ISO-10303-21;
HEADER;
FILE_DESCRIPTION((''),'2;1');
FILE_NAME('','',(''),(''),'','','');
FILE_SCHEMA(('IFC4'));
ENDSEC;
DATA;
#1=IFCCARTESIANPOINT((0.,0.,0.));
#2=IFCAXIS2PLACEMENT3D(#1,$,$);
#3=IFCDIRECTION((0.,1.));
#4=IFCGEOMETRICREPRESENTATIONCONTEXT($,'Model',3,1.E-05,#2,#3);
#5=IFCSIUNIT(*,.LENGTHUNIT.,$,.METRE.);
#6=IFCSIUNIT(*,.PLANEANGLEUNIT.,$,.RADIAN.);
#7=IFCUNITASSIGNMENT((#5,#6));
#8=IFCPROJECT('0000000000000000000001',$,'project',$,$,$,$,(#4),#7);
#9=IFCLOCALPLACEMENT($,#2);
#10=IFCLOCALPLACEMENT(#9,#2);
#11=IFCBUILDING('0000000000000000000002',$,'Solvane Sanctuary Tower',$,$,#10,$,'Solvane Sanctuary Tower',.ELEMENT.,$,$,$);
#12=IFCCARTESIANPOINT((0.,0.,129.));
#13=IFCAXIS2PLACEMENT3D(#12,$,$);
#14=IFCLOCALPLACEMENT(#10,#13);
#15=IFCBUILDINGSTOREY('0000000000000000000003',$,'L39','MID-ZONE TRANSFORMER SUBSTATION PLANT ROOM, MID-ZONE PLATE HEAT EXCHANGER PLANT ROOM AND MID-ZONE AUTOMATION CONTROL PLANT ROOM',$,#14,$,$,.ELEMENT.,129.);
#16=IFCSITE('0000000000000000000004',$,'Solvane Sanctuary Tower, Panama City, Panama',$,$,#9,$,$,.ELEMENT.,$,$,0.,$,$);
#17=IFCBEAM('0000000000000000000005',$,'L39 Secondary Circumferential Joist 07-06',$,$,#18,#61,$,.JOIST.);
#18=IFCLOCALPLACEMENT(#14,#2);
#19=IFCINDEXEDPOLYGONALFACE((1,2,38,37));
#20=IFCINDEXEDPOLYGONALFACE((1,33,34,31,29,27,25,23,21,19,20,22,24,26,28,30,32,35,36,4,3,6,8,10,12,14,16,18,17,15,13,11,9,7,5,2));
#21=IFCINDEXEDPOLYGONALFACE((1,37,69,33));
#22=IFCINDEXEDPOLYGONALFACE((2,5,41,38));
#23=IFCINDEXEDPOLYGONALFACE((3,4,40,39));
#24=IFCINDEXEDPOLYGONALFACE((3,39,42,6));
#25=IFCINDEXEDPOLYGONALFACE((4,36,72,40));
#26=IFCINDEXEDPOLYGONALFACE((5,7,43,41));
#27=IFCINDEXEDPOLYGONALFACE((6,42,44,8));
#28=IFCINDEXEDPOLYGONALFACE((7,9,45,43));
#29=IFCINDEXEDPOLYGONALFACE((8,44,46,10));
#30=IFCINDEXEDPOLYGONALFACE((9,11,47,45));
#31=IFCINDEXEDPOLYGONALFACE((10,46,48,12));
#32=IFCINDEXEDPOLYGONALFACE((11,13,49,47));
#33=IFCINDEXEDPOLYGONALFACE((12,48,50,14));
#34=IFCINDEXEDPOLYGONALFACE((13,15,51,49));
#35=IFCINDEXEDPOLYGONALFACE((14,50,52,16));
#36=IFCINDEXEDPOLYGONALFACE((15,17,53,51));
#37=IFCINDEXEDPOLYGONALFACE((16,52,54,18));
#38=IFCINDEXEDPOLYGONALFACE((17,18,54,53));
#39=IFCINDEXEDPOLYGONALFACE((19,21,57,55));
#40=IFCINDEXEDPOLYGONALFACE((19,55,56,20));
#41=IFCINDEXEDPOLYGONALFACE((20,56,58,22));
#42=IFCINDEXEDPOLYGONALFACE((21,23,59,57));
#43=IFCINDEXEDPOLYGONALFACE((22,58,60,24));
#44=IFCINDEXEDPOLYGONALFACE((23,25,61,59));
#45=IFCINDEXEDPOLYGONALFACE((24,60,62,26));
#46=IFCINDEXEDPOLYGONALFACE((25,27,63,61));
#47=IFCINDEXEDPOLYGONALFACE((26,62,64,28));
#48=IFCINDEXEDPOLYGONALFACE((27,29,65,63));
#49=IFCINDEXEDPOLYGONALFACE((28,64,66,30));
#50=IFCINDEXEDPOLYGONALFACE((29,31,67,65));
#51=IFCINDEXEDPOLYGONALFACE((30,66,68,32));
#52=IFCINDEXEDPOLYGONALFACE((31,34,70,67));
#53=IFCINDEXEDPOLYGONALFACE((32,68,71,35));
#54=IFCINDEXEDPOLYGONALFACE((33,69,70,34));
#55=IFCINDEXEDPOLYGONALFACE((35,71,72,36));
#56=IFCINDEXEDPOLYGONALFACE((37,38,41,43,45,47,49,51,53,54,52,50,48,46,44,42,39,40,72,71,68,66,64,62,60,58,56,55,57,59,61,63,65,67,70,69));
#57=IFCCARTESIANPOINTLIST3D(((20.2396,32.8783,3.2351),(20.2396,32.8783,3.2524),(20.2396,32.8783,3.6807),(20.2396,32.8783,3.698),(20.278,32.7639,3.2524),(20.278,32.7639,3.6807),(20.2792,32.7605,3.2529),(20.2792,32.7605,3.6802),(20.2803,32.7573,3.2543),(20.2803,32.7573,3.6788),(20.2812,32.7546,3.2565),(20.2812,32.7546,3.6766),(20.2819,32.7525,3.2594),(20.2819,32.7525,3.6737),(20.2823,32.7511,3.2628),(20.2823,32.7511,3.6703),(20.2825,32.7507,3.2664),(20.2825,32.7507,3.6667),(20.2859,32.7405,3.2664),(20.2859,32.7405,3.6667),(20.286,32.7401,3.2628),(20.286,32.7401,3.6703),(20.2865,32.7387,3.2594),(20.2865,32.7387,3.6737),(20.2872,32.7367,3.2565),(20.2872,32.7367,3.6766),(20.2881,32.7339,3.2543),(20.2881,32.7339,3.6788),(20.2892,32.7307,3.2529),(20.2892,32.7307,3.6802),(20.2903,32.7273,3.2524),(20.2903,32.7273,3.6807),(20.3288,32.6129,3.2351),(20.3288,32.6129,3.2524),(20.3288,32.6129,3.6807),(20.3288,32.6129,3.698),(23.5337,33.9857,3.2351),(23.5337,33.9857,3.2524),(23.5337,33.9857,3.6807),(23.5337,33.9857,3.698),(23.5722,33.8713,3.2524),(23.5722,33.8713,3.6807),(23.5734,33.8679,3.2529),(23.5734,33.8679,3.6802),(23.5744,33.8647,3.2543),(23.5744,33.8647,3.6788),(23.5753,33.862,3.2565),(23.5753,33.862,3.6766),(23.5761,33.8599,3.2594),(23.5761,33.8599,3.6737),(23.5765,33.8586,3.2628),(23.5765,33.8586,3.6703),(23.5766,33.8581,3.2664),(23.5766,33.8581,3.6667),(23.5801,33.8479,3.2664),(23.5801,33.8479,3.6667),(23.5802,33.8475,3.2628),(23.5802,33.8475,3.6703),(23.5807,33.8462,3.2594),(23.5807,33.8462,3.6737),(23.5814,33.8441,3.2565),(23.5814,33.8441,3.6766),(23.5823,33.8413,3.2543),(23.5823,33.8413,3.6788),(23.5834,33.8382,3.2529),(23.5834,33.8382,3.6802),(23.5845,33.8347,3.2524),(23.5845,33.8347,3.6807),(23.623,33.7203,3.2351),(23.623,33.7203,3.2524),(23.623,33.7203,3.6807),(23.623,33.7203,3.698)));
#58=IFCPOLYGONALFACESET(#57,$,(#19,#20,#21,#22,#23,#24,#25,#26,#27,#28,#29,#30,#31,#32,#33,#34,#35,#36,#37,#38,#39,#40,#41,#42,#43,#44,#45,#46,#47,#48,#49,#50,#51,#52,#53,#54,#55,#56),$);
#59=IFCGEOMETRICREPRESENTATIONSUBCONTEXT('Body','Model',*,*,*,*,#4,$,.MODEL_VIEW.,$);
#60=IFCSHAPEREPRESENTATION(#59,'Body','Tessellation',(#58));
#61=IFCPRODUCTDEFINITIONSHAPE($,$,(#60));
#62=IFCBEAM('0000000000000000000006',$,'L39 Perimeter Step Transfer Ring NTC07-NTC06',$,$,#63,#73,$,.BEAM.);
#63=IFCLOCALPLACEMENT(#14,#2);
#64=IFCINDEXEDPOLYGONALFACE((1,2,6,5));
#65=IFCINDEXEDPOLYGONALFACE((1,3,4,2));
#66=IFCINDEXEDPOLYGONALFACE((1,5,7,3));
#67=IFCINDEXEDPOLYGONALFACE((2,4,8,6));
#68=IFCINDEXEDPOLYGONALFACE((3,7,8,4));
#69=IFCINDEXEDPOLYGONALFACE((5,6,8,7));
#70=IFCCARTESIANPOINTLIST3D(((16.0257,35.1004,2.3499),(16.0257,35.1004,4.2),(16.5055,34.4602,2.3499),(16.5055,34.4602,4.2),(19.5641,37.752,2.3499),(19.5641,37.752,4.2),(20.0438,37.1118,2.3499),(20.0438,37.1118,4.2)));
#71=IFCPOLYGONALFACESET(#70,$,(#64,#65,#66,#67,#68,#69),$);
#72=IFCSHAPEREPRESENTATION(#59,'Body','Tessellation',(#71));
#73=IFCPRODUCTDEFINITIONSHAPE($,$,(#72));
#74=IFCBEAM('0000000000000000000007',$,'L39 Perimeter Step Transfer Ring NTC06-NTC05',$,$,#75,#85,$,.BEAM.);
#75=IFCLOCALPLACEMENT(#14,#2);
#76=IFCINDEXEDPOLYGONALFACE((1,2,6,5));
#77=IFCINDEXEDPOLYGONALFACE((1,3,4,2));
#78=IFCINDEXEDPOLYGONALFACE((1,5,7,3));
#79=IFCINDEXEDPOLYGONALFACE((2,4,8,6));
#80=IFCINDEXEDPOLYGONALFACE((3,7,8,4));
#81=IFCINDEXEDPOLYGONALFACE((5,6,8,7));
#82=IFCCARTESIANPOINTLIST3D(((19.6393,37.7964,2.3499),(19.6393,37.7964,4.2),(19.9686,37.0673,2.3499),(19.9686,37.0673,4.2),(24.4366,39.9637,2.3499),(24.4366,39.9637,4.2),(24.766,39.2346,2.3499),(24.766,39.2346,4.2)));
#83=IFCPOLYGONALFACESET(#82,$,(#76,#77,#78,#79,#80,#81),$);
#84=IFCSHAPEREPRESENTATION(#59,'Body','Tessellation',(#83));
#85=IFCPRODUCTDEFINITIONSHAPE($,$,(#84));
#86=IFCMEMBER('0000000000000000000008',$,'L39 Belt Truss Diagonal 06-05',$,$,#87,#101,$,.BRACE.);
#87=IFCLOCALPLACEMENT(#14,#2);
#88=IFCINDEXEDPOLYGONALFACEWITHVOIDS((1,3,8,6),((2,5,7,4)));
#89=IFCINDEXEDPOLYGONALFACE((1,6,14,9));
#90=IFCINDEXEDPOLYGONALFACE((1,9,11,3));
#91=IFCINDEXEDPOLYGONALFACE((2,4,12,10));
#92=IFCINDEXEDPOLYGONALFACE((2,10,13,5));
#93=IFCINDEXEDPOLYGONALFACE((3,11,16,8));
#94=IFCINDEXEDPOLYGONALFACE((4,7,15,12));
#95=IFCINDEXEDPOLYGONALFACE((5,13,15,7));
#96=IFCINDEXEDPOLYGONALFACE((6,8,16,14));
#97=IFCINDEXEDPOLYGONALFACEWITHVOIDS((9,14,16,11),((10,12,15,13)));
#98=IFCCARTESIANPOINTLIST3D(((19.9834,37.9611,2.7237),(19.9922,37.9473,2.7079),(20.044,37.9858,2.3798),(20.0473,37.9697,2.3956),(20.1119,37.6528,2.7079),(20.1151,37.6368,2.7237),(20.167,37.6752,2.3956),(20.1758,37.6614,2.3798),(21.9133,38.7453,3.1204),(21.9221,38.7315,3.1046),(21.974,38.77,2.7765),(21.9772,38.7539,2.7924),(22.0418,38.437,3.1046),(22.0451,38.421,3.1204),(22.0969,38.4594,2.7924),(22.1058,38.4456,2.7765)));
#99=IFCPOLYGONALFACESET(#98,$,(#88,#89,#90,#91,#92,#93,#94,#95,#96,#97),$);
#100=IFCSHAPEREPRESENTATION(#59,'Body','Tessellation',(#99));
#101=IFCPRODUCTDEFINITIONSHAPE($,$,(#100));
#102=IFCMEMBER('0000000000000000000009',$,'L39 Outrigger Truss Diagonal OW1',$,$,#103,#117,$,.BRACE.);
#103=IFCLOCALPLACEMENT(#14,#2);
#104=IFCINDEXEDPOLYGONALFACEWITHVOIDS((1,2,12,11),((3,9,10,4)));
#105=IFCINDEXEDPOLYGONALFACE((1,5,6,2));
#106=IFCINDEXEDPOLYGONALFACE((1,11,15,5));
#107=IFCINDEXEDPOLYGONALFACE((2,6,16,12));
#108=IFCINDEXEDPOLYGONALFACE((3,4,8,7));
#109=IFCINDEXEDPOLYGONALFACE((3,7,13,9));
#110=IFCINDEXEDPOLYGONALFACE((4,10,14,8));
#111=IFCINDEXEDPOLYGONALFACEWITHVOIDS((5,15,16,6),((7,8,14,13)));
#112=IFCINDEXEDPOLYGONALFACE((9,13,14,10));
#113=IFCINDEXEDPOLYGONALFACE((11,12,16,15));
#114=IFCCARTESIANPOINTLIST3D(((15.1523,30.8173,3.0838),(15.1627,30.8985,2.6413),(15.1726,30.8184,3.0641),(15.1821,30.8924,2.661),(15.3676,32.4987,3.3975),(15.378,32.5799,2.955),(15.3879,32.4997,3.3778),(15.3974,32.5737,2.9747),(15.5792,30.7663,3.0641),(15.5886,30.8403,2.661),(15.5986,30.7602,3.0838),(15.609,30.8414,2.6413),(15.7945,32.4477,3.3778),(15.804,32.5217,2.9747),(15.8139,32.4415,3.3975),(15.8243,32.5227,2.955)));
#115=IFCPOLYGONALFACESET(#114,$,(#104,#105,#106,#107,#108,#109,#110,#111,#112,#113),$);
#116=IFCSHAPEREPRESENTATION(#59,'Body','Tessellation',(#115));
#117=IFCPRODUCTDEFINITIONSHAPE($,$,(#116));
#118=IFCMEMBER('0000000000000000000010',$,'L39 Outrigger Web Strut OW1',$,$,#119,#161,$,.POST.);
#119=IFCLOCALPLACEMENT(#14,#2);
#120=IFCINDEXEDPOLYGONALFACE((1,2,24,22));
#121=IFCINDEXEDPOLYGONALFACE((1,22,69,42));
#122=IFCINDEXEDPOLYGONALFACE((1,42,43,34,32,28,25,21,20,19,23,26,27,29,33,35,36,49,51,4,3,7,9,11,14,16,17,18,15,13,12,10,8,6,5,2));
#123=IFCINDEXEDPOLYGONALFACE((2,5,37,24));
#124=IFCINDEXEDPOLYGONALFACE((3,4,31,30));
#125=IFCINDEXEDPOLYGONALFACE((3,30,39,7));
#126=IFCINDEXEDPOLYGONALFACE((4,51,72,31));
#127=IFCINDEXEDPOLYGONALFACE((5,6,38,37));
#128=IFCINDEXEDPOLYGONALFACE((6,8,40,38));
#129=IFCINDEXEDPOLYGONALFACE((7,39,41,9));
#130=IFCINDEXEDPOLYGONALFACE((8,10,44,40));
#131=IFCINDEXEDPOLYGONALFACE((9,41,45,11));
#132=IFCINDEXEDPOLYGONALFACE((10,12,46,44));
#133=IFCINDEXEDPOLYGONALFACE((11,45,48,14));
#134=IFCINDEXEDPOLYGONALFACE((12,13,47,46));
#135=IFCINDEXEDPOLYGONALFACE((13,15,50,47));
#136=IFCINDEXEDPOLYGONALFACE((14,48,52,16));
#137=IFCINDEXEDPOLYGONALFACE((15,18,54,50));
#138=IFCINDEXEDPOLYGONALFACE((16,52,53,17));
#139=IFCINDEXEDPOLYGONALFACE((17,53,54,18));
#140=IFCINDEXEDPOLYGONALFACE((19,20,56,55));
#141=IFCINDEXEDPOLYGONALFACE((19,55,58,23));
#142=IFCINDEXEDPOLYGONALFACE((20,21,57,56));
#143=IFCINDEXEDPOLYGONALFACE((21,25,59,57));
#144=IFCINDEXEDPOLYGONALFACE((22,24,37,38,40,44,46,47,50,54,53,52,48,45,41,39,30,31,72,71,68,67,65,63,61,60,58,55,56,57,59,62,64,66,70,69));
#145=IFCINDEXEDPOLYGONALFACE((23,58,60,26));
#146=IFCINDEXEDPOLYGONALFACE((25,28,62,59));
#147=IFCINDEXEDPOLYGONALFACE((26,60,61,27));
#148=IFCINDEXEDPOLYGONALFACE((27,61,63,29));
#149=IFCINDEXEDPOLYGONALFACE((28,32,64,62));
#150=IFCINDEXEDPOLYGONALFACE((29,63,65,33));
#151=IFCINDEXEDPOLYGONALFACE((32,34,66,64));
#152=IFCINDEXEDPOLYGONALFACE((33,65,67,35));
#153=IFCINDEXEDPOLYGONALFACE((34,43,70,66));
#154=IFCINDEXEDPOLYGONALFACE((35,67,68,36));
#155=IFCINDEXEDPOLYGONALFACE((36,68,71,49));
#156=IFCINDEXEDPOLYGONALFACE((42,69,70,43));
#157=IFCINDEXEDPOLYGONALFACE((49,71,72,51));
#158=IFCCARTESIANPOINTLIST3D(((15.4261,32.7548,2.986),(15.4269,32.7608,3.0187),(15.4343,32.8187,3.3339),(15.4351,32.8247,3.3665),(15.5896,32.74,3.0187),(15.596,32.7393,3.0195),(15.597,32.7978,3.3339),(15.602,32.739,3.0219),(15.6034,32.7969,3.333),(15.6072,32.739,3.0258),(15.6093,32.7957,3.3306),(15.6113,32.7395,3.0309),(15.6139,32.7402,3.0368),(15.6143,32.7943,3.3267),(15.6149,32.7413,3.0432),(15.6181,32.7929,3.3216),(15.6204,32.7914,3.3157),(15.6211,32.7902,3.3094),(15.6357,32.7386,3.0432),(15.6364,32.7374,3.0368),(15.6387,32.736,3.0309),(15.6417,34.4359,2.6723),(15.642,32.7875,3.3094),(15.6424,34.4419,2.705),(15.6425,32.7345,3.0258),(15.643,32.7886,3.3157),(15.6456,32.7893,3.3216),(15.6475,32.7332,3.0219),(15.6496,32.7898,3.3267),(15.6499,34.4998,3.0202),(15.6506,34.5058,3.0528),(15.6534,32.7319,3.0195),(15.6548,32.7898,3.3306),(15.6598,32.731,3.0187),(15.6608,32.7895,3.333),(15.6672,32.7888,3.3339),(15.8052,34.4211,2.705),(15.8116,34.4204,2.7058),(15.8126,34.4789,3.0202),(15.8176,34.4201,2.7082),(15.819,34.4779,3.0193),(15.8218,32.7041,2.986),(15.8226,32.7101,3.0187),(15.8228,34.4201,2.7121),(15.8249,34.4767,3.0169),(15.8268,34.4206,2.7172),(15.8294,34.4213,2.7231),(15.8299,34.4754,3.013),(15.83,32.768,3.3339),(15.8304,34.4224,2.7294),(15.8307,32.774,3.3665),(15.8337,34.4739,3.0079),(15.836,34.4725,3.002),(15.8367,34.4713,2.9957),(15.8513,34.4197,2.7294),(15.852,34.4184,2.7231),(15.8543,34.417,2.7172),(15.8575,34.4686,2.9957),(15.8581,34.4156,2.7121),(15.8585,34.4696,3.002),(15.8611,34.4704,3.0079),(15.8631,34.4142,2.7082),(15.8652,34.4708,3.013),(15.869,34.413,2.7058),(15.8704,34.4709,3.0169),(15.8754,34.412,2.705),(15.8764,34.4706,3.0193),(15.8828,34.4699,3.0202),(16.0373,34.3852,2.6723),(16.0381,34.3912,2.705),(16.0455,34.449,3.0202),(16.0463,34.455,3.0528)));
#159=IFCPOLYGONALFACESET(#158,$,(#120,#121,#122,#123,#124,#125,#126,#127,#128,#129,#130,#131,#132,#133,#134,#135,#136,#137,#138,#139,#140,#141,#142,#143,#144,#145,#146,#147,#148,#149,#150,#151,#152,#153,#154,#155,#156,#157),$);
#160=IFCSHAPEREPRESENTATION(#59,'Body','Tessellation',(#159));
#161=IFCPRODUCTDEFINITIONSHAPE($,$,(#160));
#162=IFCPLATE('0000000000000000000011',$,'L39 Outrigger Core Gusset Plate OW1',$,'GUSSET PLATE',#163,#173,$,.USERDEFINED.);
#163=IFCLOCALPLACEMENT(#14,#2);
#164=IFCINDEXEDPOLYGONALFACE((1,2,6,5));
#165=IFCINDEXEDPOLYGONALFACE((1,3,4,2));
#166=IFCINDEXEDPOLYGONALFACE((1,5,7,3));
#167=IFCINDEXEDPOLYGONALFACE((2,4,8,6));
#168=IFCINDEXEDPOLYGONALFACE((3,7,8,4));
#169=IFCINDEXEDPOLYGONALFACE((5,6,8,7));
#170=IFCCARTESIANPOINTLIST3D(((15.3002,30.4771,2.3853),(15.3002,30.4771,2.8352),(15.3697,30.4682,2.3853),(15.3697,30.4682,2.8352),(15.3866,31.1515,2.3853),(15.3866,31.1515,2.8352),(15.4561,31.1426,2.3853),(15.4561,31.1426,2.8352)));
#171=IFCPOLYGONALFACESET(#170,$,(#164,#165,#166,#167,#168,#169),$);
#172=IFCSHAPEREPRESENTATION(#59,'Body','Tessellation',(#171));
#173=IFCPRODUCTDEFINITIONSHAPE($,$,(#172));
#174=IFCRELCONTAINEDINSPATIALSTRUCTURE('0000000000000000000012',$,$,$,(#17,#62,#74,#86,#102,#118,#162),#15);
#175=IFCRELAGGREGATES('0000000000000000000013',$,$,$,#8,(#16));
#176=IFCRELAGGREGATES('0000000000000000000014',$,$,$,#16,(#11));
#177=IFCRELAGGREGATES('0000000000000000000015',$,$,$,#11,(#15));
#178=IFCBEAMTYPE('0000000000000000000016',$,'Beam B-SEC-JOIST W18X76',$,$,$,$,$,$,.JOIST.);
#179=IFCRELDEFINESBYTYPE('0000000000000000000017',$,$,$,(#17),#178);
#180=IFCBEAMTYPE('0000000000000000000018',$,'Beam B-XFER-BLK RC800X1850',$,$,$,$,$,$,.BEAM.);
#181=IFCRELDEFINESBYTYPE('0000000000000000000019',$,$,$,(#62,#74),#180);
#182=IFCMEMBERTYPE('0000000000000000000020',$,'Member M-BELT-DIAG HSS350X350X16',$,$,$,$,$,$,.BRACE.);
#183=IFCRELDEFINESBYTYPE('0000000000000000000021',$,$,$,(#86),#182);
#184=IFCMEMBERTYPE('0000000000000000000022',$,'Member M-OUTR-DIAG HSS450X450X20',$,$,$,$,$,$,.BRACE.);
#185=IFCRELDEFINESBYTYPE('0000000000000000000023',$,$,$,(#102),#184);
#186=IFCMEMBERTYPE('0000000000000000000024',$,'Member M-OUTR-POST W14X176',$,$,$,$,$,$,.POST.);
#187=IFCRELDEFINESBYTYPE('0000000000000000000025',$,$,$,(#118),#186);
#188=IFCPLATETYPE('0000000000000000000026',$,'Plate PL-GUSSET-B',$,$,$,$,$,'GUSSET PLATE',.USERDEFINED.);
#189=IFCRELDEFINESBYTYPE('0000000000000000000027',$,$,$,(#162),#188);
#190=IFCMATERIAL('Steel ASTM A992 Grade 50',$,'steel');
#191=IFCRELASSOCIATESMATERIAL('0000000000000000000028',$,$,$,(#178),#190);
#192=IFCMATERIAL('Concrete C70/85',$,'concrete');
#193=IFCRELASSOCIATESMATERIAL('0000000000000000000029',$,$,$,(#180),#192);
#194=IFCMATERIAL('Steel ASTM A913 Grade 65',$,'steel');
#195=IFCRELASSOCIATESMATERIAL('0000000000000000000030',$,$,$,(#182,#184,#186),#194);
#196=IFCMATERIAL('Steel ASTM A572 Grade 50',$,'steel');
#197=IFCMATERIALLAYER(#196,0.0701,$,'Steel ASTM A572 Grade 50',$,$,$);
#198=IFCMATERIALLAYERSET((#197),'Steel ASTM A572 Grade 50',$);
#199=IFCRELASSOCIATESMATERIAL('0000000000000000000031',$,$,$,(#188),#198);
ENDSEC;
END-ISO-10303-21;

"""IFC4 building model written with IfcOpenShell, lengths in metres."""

from ifc_helpers import new_model, si_unit, direction, frame, origin, origin_2d, place, context, subcontext, project, spatial, rectangle, hollow_rectangle, i_section, extrude, material, layer, layer_set, material_profile, profile_set, type_object, element, save


model = new_model("IFC4")

# Units and contexts
model_context = context("Model", 3, precision=1e-05, world=origin(), true_north=direction((0.0, 1.0)))
body_context = subcontext(model_context, "Body", "Model", "MODEL_VIEW")
ifc_project = project(units=[si_unit("LENGTHUNIT", "METRE"), si_unit("PLANEANGLEUNIT", "RADIAN")], contexts=[model_context])

# Site, building, storey
site_placement = place(None, origin())
site = spatial("IfcSite", under=ifc_project, at=site_placement, Name="Solvane Sanctuary Tower, Panama City, Panama", CompositionType="ELEMENT", RefElevation=0.0)
building_placement = place(site_placement, origin())
building = spatial("IfcBuilding", under=site, at=building_placement, Name="Solvane Sanctuary Tower", LongName="Solvane Sanctuary Tower", CompositionType="ELEMENT")
storey_placement = place(building_placement, frame((0.0, 0.0, 129.0)))
storey = spatial("IfcBuildingStorey", under=building, at=storey_placement, Name="L39", Description="MID-ZONE TRANSFORMER SUBSTATION PLANT ROOM, MID-ZONE PLATE HEAT EXCHANGER PLANT ROOM AND MID-ZONE AUTOMATION CONTROL PLANT ROOM", CompositionType="ELEMENT", Elevation=129.0)

# Beams
ifc_material_1 = material(Name="Steel ASTM A913 Grade 65", Category="steel")
ifc_material_2 = material(Name="Steel ASTM A992 Grade 50", Category="steel")
ifc_material_profile_1 = material_profile(ifc_material_2, i_section(OverallWidth=0.28, OverallDepth=0.4629, WebThickness=0.0107, FlangeThickness=0.0173, FilletRadius=0.0139, at=origin_2d()), Name="W18X76")
ifc_profile_set_1 = profile_set([ifc_material_profile_1], Name="Steel ASTM A992 Grade 50")
beam_type_1 = type_object("IfcBeamType", Name="Beam B-SEC-JOIST W18X76", PredefinedType="JOIST", material=ifc_profile_set_1)
beam_1_placement = place(storey_placement, frame((20.2842, 32.7456, 3.4666), z_axis=(0.947872, 0.31865, 0.0), x_axis=(-0.31865, 0.947872, 0.0)))
element("IfcBeam", 1, at=beam_1_placement, inside=storey, type_object=beam_type_1, Name="L39 Secondary Circumferential Joist 07-06", PredefinedType="JOIST", context=body_context, shape_type="SweptSolid", body=[
    extrude(i_section(OverallWidth=0.28, OverallDepth=0.4629, WebThickness=0.0107, FlangeThickness=0.0173, FilletRadius=0.0139, at=origin_2d()), origin(), (0.0, 0.0, 1.0), 3.4753),
])
ifc_material_3 = material(Name="Concrete C70/85", Category="concrete")
ifc_material_profile_2 = material_profile(ifc_material_3, rectangle(XDim=0.8, YDim=1.8501, at=origin_2d()), Name="RC800X1850")
ifc_profile_set_2 = profile_set([ifc_material_profile_2], Name="Concrete C70/85")
beam_type_2 = type_object("IfcBeamType", Name="Beam B-XFER-BLK RC800X1850", PredefinedType="BEAM", material=ifc_profile_set_2)
beam_2_placement = place(storey_placement, frame((16.2656, 34.7803, 3.2749), z_axis=(0.800232, 0.599691, 0.0), x_axis=(-0.599691, 0.800232, 0.0)))
element("IfcBeam", 2, at=beam_2_placement, inside=storey, type_object=beam_type_2, Name="L39 Perimeter Step Transfer Ring NTC07-NTC06", PredefinedType="BEAM", context=body_context, shape_type="SweptSolid", body=[
    extrude(rectangle(XDim=0.8, YDim=1.8501, at=origin_2d()), origin(), (0.0, 0.0, 1.0), 4.4216),
])
beam_3_placement = place(storey_placement, frame((19.804, 37.4319, 3.2749), z_axis=(0.911322, 0.411695, 0.0), x_axis=(-0.411695, 0.911322, 0.0)))
element("IfcBeam", 3, at=beam_3_placement, inside=storey, type_object=beam_type_2, Name="L39 Perimeter Step Transfer Ring NTC06-NTC05", PredefinedType="BEAM", context=body_context, shape_type="SweptSolid", body=[
    extrude(rectangle(XDim=0.8, YDim=1.8501, at=origin_2d()), origin(), (0.0, 0.0, 1.0), 5.2642),
])

# Members
ifc_material_profile_3 = material_profile(ifc_material_1, hollow_rectangle(XDim=0.3501, YDim=0.3501, WallThickness=0.0161, at=origin_2d()), Name="HSS350X350X16")
ifc_profile_set_3 = profile_set([ifc_material_profile_3], Name="Steel ASTM A913 Grade 65")
member_type_1 = type_object("IfcMemberType", Name="Member M-BELT-DIAG HSS350X350X16", PredefinedType="BRACE", material=ifc_profile_set_3)
member_1_placement = place(storey_placement, frame((20.0796, 37.8113, 2.5518), z_axis=(0.910085, 0.36979, 0.187083), x_axis=(-0.376437, 0.926442, 0.0)))
element("IfcMember", 4, at=member_1_placement, inside=storey, type_object=member_type_1, Name="L39 Belt Truss Diagonal 06-05", PredefinedType="BRACE", context=body_context, shape_type="SweptSolid", body=[
    extrude(hollow_rectangle(XDim=0.3501, YDim=0.3501, WallThickness=0.0161, at=origin_2d()), origin(), (0.0, 0.0, 1.0), 2.1206),
])
ifc_material_profile_4 = material_profile(ifc_material_1, hollow_rectangle(XDim=0.45, YDim=0.45, WallThickness=0.02, at=origin_2d()), Name="HSS450X450X20")
ifc_profile_set_4 = profile_set([ifc_material_profile_4], Name="Steel ASTM A913 Grade 65")
member_type_2 = type_object("IfcMemberType", Name="Member M-OUTR-DIAG HSS450X450X20", PredefinedType="BRACE", material=ifc_profile_set_4)
member_2_placement = place(storey_placement, frame((15.3806, 30.8293, 2.8625), z_axis=(0.124909, 0.975336, 0.181982), x_axis=(-0.991899, 0.12703, 0.0)))
element("IfcMember", 5, at=member_2_placement, inside=storey, type_object=member_type_2, Name="L39 Outrigger Truss Diagonal OW1", PredefinedType="BRACE", context=body_context, shape_type="SweptSolid", body=[
    extrude(hollow_rectangle(XDim=0.45, YDim=0.45, WallThickness=0.02, at=origin_2d()), origin(), (0.0, 0.0, 1.0), 1.7239),
])
ifc_material_profile_5 = material_profile(ifc_material_1, i_section(OverallWidth=0.3989, OverallDepth=0.387, WebThickness=0.021, FlangeThickness=0.0332, FilletRadius=0.0249, at=origin_2d()), Name="W14X176")
ifc_profile_set_5 = profile_set([ifc_material_profile_5], Name="Steel ASTM A913 Grade 65")
member_type_3 = type_object("IfcMemberType", Name="Member M-OUTR-POST W14X176", PredefinedType="POST", material=ifc_profile_set_5)
member_3_placement = place(storey_placement, frame((15.6284, 32.7644, 3.1763), z_axis=(0.125065, 0.975312, -0.182003), x_axis=(-0.991878, 0.12719, 0.0)))
element("IfcMember", 6, at=member_3_placement, inside=storey, type_object=member_type_3, Name="L39 Outrigger Web Strut OW1", PredefinedType="POST", context=body_context, shape_type="SweptSolid", body=[
    extrude(i_section(OverallWidth=0.3989, OverallDepth=0.387, WebThickness=0.021, FlangeThickness=0.0332, FilletRadius=0.0249, at=origin_2d()), origin(), (0.0, 0.0, 1.0), 1.7236),
])

# Plate
ifc_material_4 = material(Name="Steel ASTM A572 Grade 50", Category="steel")
ifc_layer_1 = layer(ifc_material_4, 0.0701, Name="Steel ASTM A572 Grade 50")
ifc_layer_set_1 = layer_set([ifc_layer_1], Name="Steel ASTM A572 Grade 50")
plate_type = type_object("IfcPlateType", Name="Plate PL-GUSSET-B", ElementType="GUSSET PLATE", PredefinedType="USERDEFINED", material=ifc_layer_set_1)
plate_placement = place(storey_placement, frame((15.3782, 30.8098, 2.3853), z_axis=(0.0, 0.0, 1.0), x_axis=(0.127065, 0.991894, 0.0)))
element("IfcPlate", 7, at=plate_placement, inside=storey, type_object=plate_type, Name="L39 Outrigger Core Gusset Plate OW1", ObjectType="GUSSET PLATE", PredefinedType="USERDEFINED", context=body_context, shape_type="SweptSolid", body=[
    extrude(rectangle(XDim=0.6799, YDim=0.0701, at=origin_2d()), origin(), (0.0, 0.0, 1.0), 0.45),
])

save(model, "model.ifc")
